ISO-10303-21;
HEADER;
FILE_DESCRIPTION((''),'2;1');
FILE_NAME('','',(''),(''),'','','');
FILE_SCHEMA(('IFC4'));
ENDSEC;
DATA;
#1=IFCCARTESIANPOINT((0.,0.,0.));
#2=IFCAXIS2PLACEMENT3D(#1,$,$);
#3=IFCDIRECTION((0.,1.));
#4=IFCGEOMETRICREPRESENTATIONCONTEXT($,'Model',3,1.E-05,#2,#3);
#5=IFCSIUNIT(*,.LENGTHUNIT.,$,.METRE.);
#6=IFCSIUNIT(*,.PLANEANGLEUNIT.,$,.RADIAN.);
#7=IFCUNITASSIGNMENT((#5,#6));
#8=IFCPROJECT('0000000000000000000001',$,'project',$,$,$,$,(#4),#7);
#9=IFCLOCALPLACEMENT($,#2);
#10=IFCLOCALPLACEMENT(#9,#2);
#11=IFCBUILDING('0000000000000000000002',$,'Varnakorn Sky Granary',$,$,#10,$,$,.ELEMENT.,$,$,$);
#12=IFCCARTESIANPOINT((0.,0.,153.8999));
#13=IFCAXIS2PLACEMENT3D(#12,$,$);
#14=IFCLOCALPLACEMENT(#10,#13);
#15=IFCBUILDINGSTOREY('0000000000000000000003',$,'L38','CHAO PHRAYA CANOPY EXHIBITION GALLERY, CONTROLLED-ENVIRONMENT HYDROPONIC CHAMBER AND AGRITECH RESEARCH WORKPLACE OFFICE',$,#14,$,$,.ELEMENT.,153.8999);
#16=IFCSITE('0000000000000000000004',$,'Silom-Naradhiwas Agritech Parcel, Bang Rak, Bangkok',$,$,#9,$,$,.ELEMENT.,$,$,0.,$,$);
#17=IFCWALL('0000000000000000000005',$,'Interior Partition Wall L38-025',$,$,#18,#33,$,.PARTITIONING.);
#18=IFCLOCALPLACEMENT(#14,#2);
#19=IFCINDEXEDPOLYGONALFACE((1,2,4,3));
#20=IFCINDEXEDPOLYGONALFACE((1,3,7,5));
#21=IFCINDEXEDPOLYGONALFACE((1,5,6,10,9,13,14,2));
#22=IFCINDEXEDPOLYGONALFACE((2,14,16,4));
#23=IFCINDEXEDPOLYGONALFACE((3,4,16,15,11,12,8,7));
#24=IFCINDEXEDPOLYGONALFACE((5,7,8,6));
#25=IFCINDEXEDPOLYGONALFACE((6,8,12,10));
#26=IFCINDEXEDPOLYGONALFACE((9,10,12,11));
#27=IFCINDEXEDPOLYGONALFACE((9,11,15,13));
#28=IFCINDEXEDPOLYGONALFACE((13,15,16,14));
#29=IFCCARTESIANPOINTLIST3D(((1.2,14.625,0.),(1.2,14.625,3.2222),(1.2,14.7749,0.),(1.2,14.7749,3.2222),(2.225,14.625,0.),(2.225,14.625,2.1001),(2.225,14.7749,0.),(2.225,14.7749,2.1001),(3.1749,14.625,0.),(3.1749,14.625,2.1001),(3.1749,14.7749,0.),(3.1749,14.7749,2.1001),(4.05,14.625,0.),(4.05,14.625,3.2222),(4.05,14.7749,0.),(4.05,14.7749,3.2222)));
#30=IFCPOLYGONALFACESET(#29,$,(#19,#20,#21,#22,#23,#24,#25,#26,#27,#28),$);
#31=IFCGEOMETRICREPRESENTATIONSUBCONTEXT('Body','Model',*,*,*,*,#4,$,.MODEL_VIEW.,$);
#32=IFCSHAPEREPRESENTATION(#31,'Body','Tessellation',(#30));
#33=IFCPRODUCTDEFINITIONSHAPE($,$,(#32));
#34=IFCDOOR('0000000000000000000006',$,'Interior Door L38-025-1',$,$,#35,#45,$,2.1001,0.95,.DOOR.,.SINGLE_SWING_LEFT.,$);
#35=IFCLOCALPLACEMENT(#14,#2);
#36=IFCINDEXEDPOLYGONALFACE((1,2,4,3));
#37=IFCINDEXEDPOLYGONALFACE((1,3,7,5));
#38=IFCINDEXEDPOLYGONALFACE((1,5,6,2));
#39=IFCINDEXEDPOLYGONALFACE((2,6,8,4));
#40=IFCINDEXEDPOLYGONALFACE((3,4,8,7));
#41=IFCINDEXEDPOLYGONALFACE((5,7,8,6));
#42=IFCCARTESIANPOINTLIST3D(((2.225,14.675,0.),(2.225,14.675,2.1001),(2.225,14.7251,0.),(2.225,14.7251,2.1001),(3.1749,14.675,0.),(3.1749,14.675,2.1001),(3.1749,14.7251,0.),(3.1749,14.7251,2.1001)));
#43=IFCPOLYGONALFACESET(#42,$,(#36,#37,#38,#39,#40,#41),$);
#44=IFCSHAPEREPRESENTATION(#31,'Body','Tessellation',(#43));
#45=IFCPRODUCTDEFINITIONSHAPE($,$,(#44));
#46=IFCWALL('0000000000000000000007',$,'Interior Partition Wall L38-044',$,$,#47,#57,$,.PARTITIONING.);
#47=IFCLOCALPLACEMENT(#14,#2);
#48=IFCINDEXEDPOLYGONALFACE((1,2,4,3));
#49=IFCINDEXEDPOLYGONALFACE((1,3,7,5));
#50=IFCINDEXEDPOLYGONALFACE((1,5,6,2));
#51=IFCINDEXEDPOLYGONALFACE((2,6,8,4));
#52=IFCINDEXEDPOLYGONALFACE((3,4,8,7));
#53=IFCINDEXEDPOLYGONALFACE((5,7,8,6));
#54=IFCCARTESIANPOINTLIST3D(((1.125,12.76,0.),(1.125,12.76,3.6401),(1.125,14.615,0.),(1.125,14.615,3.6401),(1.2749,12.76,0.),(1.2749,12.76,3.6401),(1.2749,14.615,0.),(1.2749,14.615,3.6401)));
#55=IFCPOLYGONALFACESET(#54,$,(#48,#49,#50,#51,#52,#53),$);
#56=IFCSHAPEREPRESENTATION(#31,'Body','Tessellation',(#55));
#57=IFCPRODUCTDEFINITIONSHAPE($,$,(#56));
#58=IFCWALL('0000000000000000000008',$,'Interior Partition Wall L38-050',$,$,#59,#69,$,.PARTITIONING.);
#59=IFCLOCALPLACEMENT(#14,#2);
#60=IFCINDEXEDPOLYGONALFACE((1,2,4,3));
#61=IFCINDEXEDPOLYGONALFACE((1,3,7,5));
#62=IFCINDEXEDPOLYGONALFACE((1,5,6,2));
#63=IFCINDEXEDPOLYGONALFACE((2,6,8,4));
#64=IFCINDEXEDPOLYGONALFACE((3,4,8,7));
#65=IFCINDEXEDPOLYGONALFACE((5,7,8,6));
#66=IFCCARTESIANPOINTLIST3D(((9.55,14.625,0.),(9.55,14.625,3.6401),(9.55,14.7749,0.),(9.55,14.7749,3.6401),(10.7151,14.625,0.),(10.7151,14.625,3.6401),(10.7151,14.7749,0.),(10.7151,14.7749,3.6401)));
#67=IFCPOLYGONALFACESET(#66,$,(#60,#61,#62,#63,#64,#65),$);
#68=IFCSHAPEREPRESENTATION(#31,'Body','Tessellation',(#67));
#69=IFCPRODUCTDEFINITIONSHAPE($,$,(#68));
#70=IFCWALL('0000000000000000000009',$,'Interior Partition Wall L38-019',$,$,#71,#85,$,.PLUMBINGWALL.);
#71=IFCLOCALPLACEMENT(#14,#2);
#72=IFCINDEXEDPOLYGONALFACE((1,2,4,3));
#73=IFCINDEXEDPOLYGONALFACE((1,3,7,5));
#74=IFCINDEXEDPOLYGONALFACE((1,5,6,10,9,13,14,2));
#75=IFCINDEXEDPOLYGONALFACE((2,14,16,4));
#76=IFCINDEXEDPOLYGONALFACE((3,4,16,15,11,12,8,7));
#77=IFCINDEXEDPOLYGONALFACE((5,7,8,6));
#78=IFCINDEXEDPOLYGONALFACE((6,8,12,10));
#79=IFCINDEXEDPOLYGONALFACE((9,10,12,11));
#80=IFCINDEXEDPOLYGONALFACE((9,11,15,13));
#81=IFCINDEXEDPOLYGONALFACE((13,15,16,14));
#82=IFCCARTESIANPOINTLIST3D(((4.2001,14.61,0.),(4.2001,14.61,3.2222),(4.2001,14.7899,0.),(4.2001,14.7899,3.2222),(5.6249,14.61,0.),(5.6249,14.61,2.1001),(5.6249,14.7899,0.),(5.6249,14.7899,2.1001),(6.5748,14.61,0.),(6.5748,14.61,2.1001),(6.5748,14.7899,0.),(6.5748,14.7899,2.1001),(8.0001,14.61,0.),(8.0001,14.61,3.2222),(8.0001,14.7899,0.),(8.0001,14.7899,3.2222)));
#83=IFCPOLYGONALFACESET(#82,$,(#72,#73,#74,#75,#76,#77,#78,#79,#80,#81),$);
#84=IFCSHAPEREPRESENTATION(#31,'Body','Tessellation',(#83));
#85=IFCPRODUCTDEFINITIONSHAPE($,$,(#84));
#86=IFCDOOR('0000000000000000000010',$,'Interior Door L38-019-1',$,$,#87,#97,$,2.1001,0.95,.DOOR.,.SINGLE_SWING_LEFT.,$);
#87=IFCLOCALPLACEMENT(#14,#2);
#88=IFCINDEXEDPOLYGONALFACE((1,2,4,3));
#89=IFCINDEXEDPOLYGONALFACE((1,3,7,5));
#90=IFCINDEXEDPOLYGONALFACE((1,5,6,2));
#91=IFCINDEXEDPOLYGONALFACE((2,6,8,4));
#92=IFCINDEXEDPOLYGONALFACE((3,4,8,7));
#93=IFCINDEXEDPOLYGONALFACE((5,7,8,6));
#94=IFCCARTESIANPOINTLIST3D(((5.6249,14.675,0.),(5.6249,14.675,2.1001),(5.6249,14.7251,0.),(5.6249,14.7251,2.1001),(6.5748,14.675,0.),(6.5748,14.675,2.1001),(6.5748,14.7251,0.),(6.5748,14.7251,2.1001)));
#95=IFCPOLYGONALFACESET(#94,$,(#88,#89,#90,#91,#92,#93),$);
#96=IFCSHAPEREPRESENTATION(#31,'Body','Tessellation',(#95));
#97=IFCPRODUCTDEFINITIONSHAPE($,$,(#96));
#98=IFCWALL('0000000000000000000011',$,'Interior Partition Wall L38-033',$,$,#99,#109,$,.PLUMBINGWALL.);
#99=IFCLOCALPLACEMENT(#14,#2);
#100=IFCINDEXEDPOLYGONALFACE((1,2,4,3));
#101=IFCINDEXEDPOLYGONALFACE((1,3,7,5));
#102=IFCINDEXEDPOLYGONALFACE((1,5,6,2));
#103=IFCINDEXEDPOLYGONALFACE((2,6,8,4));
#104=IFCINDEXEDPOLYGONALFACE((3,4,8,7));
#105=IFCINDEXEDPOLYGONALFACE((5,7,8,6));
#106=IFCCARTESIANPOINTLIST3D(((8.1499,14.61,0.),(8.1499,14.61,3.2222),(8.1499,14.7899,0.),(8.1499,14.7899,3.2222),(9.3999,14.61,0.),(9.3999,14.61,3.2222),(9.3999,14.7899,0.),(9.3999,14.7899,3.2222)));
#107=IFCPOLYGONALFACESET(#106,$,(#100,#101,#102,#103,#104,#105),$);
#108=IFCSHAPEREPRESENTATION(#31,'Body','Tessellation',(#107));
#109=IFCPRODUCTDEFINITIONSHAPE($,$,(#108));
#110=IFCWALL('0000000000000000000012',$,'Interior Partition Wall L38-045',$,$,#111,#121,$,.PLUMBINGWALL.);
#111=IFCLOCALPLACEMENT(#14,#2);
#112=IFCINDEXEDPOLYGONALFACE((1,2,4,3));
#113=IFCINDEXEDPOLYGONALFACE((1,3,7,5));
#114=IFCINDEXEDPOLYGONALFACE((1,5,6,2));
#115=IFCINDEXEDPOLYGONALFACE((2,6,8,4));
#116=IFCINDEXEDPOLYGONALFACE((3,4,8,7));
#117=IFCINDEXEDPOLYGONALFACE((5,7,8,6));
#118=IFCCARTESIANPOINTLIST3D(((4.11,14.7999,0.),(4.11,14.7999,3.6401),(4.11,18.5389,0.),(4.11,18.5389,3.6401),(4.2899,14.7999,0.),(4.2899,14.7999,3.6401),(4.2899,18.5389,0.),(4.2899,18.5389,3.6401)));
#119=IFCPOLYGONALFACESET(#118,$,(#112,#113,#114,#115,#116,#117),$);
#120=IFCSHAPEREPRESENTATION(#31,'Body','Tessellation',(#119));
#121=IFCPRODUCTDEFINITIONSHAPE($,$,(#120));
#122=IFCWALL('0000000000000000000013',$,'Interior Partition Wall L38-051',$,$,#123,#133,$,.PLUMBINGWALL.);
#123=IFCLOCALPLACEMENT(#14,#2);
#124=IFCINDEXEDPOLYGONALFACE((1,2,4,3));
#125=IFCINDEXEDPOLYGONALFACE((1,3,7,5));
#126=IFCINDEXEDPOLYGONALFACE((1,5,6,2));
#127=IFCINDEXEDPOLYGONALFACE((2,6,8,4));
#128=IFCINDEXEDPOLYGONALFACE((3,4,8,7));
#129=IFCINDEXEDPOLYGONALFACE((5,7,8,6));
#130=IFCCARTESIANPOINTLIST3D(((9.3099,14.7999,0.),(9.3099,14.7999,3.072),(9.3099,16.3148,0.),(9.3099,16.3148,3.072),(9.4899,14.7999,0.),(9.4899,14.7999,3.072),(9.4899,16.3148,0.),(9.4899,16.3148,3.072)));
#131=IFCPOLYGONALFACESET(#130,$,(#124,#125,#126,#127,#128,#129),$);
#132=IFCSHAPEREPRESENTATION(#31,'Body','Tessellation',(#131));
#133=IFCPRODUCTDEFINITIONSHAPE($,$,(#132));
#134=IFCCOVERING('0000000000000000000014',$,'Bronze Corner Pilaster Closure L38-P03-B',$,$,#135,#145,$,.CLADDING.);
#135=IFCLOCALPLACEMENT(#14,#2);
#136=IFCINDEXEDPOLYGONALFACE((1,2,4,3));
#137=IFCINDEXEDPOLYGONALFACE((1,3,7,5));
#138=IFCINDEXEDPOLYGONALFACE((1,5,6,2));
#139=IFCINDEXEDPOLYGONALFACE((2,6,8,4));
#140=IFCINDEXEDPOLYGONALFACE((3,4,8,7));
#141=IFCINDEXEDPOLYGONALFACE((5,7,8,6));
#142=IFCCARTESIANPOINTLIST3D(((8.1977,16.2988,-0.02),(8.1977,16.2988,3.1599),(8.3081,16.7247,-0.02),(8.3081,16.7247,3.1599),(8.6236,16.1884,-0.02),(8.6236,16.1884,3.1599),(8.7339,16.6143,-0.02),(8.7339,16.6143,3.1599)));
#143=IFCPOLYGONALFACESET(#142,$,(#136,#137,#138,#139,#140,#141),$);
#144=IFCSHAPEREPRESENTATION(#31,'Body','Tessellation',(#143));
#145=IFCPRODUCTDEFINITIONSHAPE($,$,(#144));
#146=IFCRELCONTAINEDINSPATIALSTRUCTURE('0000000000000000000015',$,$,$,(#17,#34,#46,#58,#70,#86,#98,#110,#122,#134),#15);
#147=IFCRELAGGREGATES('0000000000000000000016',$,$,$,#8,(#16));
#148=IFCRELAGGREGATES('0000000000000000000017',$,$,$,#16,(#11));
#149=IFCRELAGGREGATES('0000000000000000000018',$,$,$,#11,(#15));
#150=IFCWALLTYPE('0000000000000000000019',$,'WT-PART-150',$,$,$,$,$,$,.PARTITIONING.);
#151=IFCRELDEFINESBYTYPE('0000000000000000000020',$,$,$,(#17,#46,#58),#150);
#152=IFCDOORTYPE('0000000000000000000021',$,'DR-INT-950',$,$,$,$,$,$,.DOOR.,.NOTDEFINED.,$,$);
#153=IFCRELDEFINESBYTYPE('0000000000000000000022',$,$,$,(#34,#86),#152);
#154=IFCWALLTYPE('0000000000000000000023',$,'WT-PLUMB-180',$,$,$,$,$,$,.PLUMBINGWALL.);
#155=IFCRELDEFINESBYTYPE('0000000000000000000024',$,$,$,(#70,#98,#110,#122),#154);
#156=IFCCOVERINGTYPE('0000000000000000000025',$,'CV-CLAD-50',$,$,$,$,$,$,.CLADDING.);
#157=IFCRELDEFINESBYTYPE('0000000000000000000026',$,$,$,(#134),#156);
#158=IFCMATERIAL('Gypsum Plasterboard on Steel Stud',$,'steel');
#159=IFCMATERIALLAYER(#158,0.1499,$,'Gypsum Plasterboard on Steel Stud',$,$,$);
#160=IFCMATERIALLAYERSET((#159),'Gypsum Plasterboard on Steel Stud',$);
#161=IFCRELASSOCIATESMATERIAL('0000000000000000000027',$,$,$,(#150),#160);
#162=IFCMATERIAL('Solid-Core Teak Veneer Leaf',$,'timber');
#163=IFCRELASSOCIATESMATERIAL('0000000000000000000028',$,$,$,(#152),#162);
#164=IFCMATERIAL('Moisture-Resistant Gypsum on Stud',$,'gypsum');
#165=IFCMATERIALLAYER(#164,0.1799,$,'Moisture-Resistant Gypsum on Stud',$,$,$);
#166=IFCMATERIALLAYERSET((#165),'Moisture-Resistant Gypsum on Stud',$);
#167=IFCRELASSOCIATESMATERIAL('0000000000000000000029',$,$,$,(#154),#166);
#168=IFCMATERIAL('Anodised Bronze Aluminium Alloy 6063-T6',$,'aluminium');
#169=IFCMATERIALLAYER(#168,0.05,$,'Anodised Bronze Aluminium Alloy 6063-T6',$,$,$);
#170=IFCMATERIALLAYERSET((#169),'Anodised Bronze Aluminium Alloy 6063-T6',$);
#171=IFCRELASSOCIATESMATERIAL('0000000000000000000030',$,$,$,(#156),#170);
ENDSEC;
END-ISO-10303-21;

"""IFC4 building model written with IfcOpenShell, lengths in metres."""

from ifc_helpers import new_model, si_unit, direction, frame, frame_2d, origin, origin_2d, place, context, subcontext, project, spatial, rectangle, extrude, source, transform, mapped, material, layer, layer_set, type_object, type_shapes, element, fill, save


model = new_model("IFC4")

# Units and contexts
model_context = context("Model", 3, precision=1e-05, world=origin(), true_north=direction((0.0, 1.0)))
body_context = subcontext(model_context, "Body", "Model", "MODEL_VIEW")
ifc_project = project(units=[si_unit("LENGTHUNIT", "METRE"), si_unit("PLANEANGLEUNIT", "RADIAN")], contexts=[model_context])

# Site, building, storey
site_placement = place(None, origin())
site = spatial("IfcSite", under=ifc_project, at=site_placement, Name="Silom-Naradhiwas Agritech Parcel, Bang Rak, Bangkok", CompositionType="ELEMENT", RefElevation=0.0)
building_placement = place(site_placement, origin())
building = spatial("IfcBuilding", under=site, at=building_placement, Name="Varnakorn Sky Granary", CompositionType="ELEMENT")
storey_placement = place(building_placement, frame((0.0, 0.0, 153.8999)))
storey = spatial("IfcBuildingStorey", under=building, at=storey_placement, Name="L38", Description="CHAO PHRAYA CANOPY EXHIBITION GALLERY, CONTROLLED-ENVIRONMENT HYDROPONIC CHAMBER AND AGRITECH RESEARCH WORKPLACE OFFICE", CompositionType="ELEMENT", Elevation=153.8999)

# Shared definitions
ifc_material_1 = material(Name="Anodised Bronze Aluminium Alloy 6063-T6", Category="aluminium")

# Wall, opening, door
ifc_material_2 = material(Name="Gypsum Plasterboard on Steel Stud", Category="steel")
ifc_layer_1 = layer(ifc_material_2, 0.1499, Name="Gypsum Plasterboard on Steel Stud")
ifc_layer_set_1 = layer_set([ifc_layer_1], Name="Gypsum Plasterboard on Steel Stud")
wall_type_1 = type_object("IfcWallType", Name="WT-PART-150", PredefinedType="PARTITIONING", material=ifc_layer_set_1)
wall_1_placement = place(storey_placement, frame((4.05, 14.7, 0.0), z_axis=(0.0, 0.0, 1.0), x_axis=(-1.0, 0.0, 0.0)))
wall_1 = element("IfcWall", 1, at=wall_1_placement, inside=storey, type_object=wall_type_1, Name="Interior Partition Wall L38-025", PredefinedType="PARTITIONING", context=body_context, shape_type="SweptSolid", body=[
    extrude(rectangle(XDim=2.8501, YDim=0.1499, at=frame_2d((1.425, 0.0))), origin(), (0.0, 0.0, 1.0), 3.2222),
])
opening_1_placement = place(wall_1_placement, frame((0.875, 0.0, 0.0)))
opening_1 = element("IfcOpeningElement", 2, at=opening_1_placement, cuts=wall_1, PredefinedType="OPENING", context=body_context, shape_type="SweptSolid", body=[
    extrude(rectangle(XDim=0.95, YDim=2.1001, at=frame_2d((0.4751, 1.05))), frame((0.0, 0.085, 0.0), z_axis=(0.0, -1.0, 0.0), x_axis=(1.0, 0.0, 0.0)), (0.0, 0.0, 1.0), 0.1699),
])
ifc_material_3 = material(Name="Solid-Core Teak Veneer Leaf", Category="timber")
door_type = type_object("IfcDoorType", Name="DR-INT-950", OperationType="NOTDEFINED", PredefinedType="DOOR", material=ifc_material_3)
door_1_placement = place(opening_1_placement, origin())
door_1 = element("IfcDoor", 3, at=door_1_placement, inside=storey, type_object=door_type, Name="Interior Door L38-025-1", OperationType="SINGLE_SWING_LEFT", OverallHeight=2.1001, OverallWidth=0.95, PredefinedType="DOOR", context=body_context, shape_type="SweptSolid", body=[
    extrude(rectangle(XDim=0.95, YDim=2.1001, at=frame_2d((0.4751, 1.05))), frame((0.0, 0.0249, 0.0), z_axis=(0.0, -1.0, 0.0), x_axis=(1.0, 0.0, 0.0)), (0.0, 0.0, 1.0), 0.05),
])
fill(opening_1, door_1)

# Walls
wall_2_placement = place(storey_placement, frame((1.2, 14.615, 0.0), z_axis=(0.0, 0.0, 1.0), x_axis=(0.0, -1.0, 0.0)))
element("IfcWall", 4, at=wall_2_placement, inside=storey, type_object=wall_type_1, Name="Interior Partition Wall L38-044", PredefinedType="PARTITIONING", context=body_context, shape_type="SweptSolid", body=[
    extrude(rectangle(XDim=1.855, YDim=0.1499, at=frame_2d((0.9275, 0.0))), origin(), (0.0, 0.0, 1.0), 3.6401),
])
wall_3_placement = place(storey_placement, frame((10.7151, 14.7, 0.0), z_axis=(0.0, 0.0, 1.0), x_axis=(-1.0, 0.0, 0.0)))
element("IfcWall", 5, at=wall_3_placement, inside=storey, type_object=wall_type_1, Name="Interior Partition Wall L38-050", PredefinedType="PARTITIONING", context=body_context, shape_type="SweptSolid", body=[
    extrude(rectangle(XDim=1.165, YDim=0.1499, at=frame_2d((0.5825, 0.0))), origin(), (0.0, 0.0, 1.0), 3.6401),
])

# Wall, opening, door
ifc_material_4 = material(Name="Moisture-Resistant Gypsum on Stud", Category="gypsum")
ifc_layer_2 = layer(ifc_material_4, 0.1799, Name="Moisture-Resistant Gypsum on Stud")
ifc_layer_set_2 = layer_set([ifc_layer_2], Name="Moisture-Resistant Gypsum on Stud")
wall_type_2 = type_object("IfcWallType", Name="WT-PLUMB-180", PredefinedType="PLUMBINGWALL", material=ifc_layer_set_2)
wall_4_placement = place(storey_placement, frame((8.0, 14.7, 0.0), z_axis=(0.0, 0.0, 1.0), x_axis=(-1.0, 0.0, 0.0)))
wall_4 = element("IfcWall", 6, at=wall_4_placement, inside=storey, type_object=wall_type_2, Name="Interior Partition Wall L38-019", PredefinedType="PLUMBINGWALL", context=body_context, shape_type="SweptSolid", body=[
    extrude(rectangle(XDim=3.8, YDim=0.1799, at=frame_2d((1.8999, 0.0))), origin(), (0.0, 0.0, 1.0), 3.2222),
])
opening_2_placement = place(wall_4_placement, frame((1.425, 0.0, 0.0)))
opening_2 = element("IfcOpeningElement", 7, at=opening_2_placement, cuts=wall_4, PredefinedType="OPENING", context=body_context, shape_type="SweptSolid", body=[
    extrude(rectangle(XDim=0.95, YDim=2.1001, at=frame_2d((0.4751, 1.05))), frame((0.0, 0.1001, 0.0), z_axis=(0.0, -1.0, 0.0), x_axis=(1.0, 0.0, 0.0)), (0.0, 0.0, 1.0), 0.2),
])
door_2_placement = place(opening_2_placement, origin())
door_2 = element("IfcDoor", 8, at=door_2_placement, inside=storey, type_object=door_type, Name="Interior Door L38-019-1", OperationType="SINGLE_SWING_LEFT", OverallHeight=2.1001, OverallWidth=0.95, PredefinedType="DOOR", context=body_context, shape_type="SweptSolid", body=[
    extrude(rectangle(XDim=0.95, YDim=2.1001, at=frame_2d((0.4751, 1.05))), frame((0.0, 0.0249, 0.0), z_axis=(0.0, -1.0, 0.0), x_axis=(1.0, 0.0, 0.0)), (0.0, 0.0, 1.0), 0.05),
])
fill(opening_2, door_2)

# Walls
wall_5_placement = place(storey_placement, frame((9.3999, 14.7, 0.0), z_axis=(0.0, 0.0, 1.0), x_axis=(-1.0, 0.0, 0.0)))
element("IfcWall", 9, at=wall_5_placement, inside=storey, type_object=wall_type_2, Name="Interior Partition Wall L38-033", PredefinedType="PLUMBINGWALL", context=body_context, shape_type="SweptSolid", body=[
    extrude(rectangle(XDim=1.25, YDim=0.1799, at=frame_2d((0.625, 0.0))), origin(), (0.0, 0.0, 1.0), 3.2222),
])
wall_6_placement = place(storey_placement, frame((4.2, 18.5391, 0.0), z_axis=(0.0, 0.0, 1.0), x_axis=(0.0, -1.0, 0.0)))
element("IfcWall", 10, at=wall_6_placement, inside=storey, type_object=wall_type_2, Name="Interior Partition Wall L38-045", PredefinedType="PLUMBINGWALL", context=body_context, shape_type="SweptSolid", body=[
    extrude(rectangle(XDim=3.739, YDim=0.1799, at=frame_2d((1.8696, 0.0))), origin(), (0.0, 0.0, 1.0), 3.6401),
])
wall_7_placement = place(storey_placement, frame((9.3999, 14.8, 0.0), z_axis=(0.0, 0.0, 1.0), x_axis=(0.0, 1.0, 0.0)))
element("IfcWall", 11, at=wall_7_placement, inside=storey, type_object=wall_type_2, Name="Interior Partition Wall L38-051", PredefinedType="PLUMBINGWALL", context=body_context, shape_type="SweptSolid", body=[
    extrude(rectangle(XDim=1.5149, YDim=0.1799, at=frame_2d((0.7573, 0.0))), origin(), (0.0, 0.0, 1.0), 3.072),
])

# Covering
ifc_layer_3 = layer(ifc_material_1, 0.05, Name="Anodised Bronze Aluminium Alloy 6063-T6")
ifc_layer_set_3 = layer_set([ifc_layer_3], Name="Anodised Bronze Aluminium Alloy 6063-T6")
covering_type = type_object("IfcCoveringType", Name="CV-CLAD-50", PredefinedType="CLADDING", material=ifc_layer_set_3)
shared_shape_1 = source(origin(), body_context, "Body", "SweptSolid", [
    extrude(rectangle(XDim=0.4399, YDim=0.4399, at=origin_2d()), origin(), (0.0, 0.0, 1.0), 3.1799),
])
type_shapes(covering_type, [shared_shape_1])
covering_placement = place(storey_placement, frame((8.4658, 16.4565, -0.02), z_axis=(0.0, 0.0, 1.0), x_axis=(0.968016, -0.250887, 0.0)))
element("IfcCovering", 12, at=covering_placement, inside=storey, type_object=covering_type, Name="Bronze Corner Pilaster Closure L38-P03-B", PredefinedType="CLADDING", context=body_context, shape_type="MappedRepresentation", body=[
    mapped(shared_shape_1, transform((0.0, 0.0, 0.0), x_axis=(1.0, 0.0, 0.0), y_axis=(0.0, 1.0, 0.0), z_axis=(0.0, 0.0, 1.0), scale=1.0)),
])

save(model, "model.ifc")
